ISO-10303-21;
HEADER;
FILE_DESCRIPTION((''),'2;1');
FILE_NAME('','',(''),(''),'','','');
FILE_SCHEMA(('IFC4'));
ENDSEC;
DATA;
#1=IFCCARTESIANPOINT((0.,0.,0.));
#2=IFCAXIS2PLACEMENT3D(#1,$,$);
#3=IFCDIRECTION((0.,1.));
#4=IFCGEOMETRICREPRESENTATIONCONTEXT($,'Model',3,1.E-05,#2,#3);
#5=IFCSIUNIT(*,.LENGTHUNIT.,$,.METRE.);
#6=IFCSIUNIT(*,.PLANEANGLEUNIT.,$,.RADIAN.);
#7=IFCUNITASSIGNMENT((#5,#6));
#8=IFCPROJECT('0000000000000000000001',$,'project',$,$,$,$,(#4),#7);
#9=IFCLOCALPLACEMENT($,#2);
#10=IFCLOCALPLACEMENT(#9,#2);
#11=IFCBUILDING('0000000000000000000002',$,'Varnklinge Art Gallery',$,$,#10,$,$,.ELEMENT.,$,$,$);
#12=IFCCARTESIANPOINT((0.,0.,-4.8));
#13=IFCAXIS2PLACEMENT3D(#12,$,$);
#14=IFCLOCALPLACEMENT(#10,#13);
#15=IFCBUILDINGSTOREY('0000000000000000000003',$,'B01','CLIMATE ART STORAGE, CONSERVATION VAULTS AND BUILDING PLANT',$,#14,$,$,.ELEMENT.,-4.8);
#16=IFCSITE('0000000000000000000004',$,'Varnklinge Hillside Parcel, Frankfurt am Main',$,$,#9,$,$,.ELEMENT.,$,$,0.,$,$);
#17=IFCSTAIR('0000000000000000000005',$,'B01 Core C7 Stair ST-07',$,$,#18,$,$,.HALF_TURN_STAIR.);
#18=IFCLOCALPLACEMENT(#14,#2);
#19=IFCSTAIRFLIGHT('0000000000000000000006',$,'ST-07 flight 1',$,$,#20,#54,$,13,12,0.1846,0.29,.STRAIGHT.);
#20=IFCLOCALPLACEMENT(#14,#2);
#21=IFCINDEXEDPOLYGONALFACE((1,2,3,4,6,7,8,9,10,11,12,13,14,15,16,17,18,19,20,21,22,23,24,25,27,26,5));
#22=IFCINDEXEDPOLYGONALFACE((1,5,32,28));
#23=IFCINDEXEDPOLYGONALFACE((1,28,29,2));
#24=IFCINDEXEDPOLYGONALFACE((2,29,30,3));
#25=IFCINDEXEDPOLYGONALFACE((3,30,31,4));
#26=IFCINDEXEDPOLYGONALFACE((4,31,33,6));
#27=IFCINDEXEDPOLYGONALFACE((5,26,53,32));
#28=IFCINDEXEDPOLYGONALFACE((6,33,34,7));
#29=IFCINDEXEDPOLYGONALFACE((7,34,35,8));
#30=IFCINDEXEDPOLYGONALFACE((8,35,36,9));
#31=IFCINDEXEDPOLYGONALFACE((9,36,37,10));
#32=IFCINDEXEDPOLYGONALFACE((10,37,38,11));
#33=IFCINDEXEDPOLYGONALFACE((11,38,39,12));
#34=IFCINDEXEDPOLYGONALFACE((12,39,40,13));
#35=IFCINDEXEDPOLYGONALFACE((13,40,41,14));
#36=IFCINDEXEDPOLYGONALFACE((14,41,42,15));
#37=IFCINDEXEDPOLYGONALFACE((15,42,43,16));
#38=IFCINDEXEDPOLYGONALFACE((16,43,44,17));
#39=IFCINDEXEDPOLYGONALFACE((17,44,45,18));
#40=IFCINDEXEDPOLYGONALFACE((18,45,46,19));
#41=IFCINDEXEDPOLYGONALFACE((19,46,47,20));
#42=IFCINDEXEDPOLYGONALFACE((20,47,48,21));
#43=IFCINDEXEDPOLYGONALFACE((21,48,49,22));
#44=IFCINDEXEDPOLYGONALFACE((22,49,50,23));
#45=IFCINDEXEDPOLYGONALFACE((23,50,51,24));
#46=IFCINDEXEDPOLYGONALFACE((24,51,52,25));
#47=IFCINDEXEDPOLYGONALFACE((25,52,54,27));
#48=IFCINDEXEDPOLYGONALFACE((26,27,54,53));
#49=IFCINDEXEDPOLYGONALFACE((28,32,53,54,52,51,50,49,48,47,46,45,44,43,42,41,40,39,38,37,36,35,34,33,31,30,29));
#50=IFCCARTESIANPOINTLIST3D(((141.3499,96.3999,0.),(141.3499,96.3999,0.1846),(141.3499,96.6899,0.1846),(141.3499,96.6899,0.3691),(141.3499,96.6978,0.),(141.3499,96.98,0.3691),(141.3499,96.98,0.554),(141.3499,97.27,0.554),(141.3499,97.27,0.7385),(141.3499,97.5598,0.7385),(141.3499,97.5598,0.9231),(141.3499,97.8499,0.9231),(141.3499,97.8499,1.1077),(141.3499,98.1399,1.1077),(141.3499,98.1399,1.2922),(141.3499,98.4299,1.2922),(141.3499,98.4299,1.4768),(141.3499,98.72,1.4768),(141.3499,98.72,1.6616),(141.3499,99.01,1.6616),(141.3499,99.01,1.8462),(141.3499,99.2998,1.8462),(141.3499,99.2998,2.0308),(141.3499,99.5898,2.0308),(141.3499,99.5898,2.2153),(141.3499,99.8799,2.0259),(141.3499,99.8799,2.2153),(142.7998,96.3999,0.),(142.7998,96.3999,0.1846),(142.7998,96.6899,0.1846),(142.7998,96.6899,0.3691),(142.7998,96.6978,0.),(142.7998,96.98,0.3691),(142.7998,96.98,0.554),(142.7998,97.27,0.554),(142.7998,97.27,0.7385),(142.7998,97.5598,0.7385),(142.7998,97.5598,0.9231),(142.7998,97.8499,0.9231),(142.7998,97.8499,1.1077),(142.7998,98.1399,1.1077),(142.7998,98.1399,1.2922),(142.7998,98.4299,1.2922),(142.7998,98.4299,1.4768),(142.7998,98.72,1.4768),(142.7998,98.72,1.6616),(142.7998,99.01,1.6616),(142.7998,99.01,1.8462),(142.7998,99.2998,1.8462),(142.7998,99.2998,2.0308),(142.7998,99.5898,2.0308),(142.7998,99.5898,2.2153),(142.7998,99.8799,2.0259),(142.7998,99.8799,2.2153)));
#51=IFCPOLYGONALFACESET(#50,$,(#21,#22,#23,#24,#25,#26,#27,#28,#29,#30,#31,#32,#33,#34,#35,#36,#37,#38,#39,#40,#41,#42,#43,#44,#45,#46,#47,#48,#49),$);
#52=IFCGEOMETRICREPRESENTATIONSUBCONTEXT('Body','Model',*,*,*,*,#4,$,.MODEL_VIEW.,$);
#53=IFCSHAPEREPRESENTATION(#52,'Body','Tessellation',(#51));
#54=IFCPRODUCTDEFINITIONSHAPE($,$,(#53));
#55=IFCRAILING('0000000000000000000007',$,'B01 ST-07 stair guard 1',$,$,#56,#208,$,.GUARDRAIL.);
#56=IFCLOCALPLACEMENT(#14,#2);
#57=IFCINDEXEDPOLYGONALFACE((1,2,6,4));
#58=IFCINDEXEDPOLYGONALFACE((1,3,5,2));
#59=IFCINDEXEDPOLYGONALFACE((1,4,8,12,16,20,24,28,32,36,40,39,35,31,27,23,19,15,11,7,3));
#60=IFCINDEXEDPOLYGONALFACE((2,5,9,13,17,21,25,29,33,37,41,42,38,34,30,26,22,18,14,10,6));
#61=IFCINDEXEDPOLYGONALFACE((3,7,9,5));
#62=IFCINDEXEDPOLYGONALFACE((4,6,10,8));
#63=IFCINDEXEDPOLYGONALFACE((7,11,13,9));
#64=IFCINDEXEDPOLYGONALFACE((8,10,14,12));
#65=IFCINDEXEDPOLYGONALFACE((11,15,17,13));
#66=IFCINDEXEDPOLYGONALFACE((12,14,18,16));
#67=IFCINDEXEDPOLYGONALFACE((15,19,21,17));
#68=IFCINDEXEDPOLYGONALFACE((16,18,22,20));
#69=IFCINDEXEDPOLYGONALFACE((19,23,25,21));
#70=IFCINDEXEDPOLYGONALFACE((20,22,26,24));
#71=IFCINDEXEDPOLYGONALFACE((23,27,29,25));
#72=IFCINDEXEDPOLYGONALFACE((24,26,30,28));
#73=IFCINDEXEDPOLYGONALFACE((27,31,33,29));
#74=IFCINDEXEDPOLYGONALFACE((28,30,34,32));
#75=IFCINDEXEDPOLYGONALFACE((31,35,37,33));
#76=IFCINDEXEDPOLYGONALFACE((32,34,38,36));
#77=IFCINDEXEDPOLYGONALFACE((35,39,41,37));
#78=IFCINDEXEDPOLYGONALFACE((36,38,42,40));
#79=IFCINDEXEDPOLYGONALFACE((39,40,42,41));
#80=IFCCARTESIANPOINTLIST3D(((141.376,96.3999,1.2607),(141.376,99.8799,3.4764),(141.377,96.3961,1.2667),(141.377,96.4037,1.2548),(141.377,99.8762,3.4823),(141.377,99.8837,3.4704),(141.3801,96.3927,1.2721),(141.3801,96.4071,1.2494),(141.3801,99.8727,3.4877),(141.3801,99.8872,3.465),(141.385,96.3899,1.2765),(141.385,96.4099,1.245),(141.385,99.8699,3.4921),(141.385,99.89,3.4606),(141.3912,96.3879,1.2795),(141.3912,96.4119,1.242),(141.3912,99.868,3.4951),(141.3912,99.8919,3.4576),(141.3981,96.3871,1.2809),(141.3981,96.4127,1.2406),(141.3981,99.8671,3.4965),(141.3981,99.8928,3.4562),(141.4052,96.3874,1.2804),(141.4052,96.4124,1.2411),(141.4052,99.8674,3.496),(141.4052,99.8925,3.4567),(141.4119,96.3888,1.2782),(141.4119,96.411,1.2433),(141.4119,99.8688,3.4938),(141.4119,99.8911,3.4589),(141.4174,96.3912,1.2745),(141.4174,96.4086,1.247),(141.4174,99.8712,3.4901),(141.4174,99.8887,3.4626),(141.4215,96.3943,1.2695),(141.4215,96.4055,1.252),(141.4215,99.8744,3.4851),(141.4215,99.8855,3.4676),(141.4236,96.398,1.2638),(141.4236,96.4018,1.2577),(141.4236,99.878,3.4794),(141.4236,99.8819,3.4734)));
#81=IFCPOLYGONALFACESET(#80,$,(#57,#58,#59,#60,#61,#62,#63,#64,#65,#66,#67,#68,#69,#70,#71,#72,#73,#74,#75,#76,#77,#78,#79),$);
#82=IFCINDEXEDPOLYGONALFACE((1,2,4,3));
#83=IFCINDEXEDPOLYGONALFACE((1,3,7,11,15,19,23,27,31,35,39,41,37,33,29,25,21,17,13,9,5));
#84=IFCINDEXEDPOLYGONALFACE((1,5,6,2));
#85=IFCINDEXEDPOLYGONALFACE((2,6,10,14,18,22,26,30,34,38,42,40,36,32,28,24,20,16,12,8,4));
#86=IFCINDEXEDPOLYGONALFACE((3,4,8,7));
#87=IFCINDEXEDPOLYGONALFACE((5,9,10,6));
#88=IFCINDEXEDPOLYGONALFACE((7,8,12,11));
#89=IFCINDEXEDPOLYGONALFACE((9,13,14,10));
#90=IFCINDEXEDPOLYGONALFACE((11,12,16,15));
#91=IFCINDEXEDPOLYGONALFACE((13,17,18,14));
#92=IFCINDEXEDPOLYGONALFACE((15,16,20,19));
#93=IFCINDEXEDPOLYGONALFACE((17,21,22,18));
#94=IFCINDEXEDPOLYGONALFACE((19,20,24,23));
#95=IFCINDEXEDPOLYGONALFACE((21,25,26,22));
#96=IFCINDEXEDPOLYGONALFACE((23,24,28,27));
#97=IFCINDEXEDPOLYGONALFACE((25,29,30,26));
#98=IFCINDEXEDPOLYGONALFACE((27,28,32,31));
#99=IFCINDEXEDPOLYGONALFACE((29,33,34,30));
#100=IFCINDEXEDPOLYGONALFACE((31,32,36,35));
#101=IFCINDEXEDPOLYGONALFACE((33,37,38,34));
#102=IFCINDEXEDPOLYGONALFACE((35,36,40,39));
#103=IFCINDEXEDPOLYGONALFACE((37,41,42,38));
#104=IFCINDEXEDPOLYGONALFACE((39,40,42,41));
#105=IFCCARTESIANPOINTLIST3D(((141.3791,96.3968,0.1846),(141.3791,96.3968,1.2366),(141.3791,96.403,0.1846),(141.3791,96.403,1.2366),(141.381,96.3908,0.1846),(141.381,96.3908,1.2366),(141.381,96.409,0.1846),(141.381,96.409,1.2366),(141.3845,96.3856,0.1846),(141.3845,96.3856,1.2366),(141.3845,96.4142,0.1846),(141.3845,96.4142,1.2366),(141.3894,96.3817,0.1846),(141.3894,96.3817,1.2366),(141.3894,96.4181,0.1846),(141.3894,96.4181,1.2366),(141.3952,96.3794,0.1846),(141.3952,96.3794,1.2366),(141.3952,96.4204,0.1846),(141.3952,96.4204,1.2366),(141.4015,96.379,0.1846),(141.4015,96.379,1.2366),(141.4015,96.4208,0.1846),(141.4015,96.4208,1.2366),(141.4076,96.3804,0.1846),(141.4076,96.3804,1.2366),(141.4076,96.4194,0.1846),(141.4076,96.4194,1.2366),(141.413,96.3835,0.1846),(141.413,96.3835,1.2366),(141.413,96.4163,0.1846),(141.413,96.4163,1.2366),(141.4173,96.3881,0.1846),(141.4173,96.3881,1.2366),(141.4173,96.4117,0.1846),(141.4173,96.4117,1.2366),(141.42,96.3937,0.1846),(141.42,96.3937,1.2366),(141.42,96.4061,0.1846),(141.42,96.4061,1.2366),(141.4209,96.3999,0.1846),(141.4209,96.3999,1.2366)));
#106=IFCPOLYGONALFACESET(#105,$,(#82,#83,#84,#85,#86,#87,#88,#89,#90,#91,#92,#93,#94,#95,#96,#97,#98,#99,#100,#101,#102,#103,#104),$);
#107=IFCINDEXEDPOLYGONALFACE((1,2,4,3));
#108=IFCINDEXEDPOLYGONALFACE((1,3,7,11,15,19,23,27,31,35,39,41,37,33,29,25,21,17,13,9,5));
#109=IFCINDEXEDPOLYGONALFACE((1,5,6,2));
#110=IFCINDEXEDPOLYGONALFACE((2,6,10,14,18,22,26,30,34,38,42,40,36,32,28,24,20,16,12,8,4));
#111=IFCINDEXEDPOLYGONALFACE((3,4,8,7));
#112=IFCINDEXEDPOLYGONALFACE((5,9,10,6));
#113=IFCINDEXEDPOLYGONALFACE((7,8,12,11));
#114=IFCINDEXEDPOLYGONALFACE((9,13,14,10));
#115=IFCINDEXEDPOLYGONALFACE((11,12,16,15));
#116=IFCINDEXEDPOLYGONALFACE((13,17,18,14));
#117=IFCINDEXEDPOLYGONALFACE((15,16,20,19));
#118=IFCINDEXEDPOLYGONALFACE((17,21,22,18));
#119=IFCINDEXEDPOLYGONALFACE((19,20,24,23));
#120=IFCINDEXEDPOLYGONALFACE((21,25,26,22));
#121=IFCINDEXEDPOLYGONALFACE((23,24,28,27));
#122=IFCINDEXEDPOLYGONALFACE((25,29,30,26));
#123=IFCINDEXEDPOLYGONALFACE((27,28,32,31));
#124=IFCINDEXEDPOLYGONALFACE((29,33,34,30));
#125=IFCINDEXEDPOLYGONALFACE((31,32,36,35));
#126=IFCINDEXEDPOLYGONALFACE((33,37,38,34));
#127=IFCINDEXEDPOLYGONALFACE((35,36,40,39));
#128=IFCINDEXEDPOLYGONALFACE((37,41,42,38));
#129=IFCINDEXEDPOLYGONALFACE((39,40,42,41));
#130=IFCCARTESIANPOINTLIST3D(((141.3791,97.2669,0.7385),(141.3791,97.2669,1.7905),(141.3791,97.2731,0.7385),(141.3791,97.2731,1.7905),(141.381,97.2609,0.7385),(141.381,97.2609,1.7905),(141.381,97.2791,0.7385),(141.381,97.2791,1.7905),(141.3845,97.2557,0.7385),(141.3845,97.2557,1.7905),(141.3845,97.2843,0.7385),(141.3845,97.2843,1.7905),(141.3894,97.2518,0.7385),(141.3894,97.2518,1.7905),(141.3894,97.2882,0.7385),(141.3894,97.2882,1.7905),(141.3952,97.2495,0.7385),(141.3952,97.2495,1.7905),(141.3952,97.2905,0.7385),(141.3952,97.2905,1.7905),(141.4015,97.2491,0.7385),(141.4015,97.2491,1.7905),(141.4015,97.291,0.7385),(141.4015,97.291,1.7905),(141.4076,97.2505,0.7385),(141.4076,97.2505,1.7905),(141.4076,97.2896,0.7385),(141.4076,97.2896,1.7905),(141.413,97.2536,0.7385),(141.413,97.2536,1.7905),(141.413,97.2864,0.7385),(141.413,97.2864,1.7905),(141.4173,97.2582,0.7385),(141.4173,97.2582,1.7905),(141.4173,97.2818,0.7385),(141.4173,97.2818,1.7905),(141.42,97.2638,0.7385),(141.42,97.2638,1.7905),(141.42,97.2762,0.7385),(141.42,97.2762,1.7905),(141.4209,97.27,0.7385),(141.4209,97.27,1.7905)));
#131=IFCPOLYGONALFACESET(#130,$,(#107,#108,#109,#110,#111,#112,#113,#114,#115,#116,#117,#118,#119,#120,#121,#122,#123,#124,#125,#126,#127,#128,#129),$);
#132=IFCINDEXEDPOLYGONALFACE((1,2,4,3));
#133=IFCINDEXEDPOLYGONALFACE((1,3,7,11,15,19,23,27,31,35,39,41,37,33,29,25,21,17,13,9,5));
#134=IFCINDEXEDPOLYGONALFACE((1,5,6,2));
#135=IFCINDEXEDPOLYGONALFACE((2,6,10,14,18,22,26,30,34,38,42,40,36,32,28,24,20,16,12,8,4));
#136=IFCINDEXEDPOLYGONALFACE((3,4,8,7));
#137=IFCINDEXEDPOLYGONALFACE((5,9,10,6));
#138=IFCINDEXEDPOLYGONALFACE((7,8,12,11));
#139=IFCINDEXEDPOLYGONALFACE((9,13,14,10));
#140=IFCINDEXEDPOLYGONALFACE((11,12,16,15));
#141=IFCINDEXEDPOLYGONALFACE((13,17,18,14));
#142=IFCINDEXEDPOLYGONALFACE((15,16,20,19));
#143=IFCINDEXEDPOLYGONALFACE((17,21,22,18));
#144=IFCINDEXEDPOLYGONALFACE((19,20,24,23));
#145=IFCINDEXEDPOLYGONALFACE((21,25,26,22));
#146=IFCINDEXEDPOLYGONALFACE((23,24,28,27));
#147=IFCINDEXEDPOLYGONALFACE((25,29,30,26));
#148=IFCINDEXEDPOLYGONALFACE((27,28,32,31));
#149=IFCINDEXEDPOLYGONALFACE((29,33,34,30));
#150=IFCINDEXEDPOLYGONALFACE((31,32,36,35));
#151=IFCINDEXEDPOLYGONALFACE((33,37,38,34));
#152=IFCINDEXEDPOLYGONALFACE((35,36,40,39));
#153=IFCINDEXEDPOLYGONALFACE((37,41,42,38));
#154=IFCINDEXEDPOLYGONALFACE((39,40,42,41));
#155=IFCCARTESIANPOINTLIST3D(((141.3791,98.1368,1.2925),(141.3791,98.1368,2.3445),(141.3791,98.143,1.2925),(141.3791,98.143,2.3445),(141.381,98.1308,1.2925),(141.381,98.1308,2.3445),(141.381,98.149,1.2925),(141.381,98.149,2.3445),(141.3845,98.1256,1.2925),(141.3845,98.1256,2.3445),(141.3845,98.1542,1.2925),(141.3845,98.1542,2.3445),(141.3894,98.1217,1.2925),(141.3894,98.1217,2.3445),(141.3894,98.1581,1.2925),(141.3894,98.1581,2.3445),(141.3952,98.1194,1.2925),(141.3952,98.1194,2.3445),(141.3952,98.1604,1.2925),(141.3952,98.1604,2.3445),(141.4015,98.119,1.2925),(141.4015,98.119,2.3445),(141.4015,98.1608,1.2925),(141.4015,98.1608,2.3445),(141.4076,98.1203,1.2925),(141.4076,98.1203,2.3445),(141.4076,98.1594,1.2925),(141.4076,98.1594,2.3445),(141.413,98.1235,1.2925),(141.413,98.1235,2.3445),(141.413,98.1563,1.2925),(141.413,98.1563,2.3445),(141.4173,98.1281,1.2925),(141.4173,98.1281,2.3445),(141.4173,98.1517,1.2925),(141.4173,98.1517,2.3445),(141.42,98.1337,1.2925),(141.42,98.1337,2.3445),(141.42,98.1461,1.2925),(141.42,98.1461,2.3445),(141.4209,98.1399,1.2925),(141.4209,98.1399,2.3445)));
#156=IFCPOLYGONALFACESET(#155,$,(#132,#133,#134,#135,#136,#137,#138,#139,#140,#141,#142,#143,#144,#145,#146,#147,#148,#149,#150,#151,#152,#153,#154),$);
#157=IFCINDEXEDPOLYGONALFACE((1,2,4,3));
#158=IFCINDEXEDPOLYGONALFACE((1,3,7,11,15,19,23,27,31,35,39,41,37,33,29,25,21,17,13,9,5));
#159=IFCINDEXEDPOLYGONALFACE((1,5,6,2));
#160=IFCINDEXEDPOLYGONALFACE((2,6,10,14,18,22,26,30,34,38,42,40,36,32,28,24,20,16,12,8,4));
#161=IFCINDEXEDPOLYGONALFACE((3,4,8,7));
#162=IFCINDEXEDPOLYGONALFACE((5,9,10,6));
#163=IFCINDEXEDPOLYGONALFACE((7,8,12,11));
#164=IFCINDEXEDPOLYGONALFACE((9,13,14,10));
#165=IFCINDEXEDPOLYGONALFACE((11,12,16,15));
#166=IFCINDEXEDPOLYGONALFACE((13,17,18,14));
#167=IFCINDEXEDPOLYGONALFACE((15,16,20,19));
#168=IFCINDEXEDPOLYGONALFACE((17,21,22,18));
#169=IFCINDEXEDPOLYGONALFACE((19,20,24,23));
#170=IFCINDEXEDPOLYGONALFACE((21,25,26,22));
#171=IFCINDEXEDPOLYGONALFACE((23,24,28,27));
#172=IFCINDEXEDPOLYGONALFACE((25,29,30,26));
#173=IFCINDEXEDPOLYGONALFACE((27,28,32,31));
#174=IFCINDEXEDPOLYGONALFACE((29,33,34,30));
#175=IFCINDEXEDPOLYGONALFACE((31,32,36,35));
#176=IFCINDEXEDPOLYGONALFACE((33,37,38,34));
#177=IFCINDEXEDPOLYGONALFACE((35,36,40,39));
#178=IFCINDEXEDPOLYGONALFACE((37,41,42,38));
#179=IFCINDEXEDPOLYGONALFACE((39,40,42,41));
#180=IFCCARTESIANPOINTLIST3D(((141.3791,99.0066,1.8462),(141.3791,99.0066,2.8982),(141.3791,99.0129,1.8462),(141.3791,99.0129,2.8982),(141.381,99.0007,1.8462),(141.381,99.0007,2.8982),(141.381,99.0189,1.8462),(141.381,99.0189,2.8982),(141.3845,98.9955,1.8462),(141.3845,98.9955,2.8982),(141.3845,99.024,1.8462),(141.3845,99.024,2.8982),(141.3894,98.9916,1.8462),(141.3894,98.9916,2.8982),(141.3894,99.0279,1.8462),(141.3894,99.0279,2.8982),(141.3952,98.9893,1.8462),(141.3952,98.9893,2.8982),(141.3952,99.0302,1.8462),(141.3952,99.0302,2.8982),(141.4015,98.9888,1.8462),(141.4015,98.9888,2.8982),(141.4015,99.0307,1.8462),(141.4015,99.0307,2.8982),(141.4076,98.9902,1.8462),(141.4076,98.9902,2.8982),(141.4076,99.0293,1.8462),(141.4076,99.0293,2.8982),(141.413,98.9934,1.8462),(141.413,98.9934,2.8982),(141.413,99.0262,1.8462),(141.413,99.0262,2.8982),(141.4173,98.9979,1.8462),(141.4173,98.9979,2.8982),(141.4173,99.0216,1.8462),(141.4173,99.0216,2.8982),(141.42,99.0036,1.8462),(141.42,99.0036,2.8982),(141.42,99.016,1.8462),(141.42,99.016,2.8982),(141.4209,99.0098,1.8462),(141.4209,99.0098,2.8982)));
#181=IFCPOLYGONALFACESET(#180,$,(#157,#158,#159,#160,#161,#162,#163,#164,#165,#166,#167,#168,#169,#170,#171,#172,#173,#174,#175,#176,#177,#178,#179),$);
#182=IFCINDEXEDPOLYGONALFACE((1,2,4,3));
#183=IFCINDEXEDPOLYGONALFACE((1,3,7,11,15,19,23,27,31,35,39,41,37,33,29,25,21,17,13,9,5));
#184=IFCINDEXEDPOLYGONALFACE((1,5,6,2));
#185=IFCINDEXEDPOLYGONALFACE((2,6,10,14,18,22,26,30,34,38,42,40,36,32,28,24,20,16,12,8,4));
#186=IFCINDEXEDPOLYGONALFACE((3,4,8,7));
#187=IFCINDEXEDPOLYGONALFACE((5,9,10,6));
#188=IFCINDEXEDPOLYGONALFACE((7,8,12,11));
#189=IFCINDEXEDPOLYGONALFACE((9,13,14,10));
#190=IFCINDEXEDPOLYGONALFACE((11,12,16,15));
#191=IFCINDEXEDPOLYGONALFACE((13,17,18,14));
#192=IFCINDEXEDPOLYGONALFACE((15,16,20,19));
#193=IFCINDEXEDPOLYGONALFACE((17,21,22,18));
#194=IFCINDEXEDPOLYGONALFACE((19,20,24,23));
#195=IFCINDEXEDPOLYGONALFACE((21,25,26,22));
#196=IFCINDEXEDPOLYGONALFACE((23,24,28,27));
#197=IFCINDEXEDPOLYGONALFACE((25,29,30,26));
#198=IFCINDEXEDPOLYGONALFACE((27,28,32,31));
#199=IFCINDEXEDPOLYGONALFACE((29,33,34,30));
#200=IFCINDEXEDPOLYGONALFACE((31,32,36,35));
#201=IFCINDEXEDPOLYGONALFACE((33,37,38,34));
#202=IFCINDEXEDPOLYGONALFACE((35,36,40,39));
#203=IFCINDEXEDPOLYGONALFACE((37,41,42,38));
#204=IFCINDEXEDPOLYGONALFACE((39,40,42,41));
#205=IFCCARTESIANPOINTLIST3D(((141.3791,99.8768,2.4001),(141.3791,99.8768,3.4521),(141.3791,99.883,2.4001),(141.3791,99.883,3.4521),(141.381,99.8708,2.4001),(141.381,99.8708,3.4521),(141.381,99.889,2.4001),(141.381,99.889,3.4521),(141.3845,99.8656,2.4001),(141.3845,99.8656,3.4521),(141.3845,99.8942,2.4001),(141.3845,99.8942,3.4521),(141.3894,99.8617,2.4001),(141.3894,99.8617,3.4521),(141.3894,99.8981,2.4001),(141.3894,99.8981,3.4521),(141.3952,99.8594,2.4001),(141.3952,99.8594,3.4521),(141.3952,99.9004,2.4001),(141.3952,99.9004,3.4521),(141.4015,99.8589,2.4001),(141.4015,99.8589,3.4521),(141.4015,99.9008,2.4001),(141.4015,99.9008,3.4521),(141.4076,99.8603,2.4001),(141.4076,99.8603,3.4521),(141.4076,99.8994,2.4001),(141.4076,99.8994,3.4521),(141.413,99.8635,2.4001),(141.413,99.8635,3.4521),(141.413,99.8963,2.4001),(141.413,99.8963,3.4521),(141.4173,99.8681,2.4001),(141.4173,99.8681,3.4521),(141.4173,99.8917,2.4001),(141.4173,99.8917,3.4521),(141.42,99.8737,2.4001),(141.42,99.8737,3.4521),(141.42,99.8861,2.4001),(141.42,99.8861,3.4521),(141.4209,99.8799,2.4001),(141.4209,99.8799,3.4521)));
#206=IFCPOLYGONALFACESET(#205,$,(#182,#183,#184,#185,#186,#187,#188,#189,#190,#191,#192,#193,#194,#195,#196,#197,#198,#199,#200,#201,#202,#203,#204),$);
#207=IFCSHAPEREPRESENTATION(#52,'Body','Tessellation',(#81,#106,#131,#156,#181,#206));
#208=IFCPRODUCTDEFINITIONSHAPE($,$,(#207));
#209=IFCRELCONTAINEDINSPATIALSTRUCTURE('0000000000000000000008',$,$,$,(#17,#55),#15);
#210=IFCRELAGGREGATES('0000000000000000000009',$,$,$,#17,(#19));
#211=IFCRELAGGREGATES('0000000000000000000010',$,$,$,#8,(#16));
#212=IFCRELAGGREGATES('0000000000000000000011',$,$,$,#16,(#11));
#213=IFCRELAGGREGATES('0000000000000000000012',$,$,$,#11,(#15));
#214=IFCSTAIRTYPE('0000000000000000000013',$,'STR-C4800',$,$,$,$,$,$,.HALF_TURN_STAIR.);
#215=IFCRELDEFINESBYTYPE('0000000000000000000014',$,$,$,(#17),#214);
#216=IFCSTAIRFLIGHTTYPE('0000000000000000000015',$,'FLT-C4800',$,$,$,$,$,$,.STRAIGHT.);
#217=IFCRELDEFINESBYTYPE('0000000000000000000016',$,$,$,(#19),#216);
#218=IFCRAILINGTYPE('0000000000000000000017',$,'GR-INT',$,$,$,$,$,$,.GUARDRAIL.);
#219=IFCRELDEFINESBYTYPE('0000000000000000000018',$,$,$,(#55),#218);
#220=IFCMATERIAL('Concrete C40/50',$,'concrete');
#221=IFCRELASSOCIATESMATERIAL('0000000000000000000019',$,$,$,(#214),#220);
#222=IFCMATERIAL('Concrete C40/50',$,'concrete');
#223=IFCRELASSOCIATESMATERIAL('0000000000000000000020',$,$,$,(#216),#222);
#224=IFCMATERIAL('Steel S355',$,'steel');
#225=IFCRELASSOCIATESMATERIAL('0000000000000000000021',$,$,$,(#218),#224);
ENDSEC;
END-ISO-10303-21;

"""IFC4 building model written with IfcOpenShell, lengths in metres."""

from ifc_helpers import new_model, si_unit, direction, frame, origin, origin_2d, place, context, subcontext, project, spatial, polyline, circle, outline, extrude, material, type_object, element, aggregate, save


model = new_model("IFC4")

# Units and contexts
model_context = context("Model", 3, precision=1e-05, world=origin(), true_north=direction((0.0, 1.0)))
body_context = subcontext(model_context, "Body", "Model", "MODEL_VIEW")
ifc_project = project(units=[si_unit("LENGTHUNIT", "METRE"), si_unit("PLANEANGLEUNIT", "RADIAN")], contexts=[model_context])

# Site, building, storey
site_placement = place(None, origin())
site = spatial("IfcSite", under=ifc_project, at=site_placement, Name="Varnklinge Hillside Parcel, Frankfurt am Main", CompositionType="ELEMENT", RefElevation=0.0)
building_placement = place(site_placement, origin())
building = spatial("IfcBuilding", under=site, at=building_placement, Name="Varnklinge Art Gallery", CompositionType="ELEMENT")
storey_placement = place(building_placement, frame((0.0, 0.0, -4.8)))
storey = spatial("IfcBuildingStorey", under=building, at=storey_placement, Name="B01", Description="CLIMATE ART STORAGE, CONSERVATION VAULTS AND BUILDING PLANT", CompositionType="ELEMENT", Elevation=-4.8)

# Stair, stair flight
ifc_material_1 = material(Name="Concrete C40/50", Category="concrete")
stair_type = type_object("IfcStairType", Name="STR-C4800", PredefinedType="HALF_TURN_STAIR", material=ifc_material_1)
stair_placement = place(storey_placement, origin())
stair = element("IfcStair", 1, at=stair_placement, inside=storey, type_object=stair_type, Name="B01 Core C7 Stair ST-07", PredefinedType="HALF_TURN_STAIR")
ifc_material_2 = material(Name="Concrete C40/50", Category="concrete")
stair_flight_type = type_object("IfcStairFlightType", Name="FLT-C4800", PredefinedType="STRAIGHT", material=ifc_material_2)
stair_flight_placement = place(storey_placement, frame((142.075, 96.3999, 0.0), z_axis=(0.0, 0.0, 1.0), x_axis=(0.0, 1.0, 0.0)))
stair_flight = element("IfcStairFlight", 2, at=stair_flight_placement, type_object=stair_flight_type, Name="ST-07 flight 1", NumberOfRisers=13, NumberOfTreads=12, PredefinedType="STRAIGHT", RiserHeight=0.1846, TreadLength=0.29, context=body_context, shape_type="SweptSolid", body=[
    extrude(outline(polyline([(0.0, 0.0), (0.0, 0.1846), (0.29, 0.1846), (0.29, 0.3691), (0.5801, 0.3691), (0.5801, 0.554), (0.8701, 0.554), (0.8701, 0.7385), (1.1599, 0.7385), (1.1599, 0.9231), (1.45, 0.9231), (1.45, 1.1077), (1.74, 1.1077), (1.74, 1.2922), (2.03, 1.2922), (2.03, 1.4768), (2.3201, 1.4768), (2.3201, 1.6616), (2.6101, 1.6616), (2.6101, 1.8462), (2.8999, 1.8462), (2.8999, 2.0308), (3.1899, 2.0308), (3.1899, 2.2153), (3.48, 2.2153), (3.48, 2.3999), (3.48, 2.0259), (0.2979, 0.0), (0.0, 0.0)])), frame((0.0, 0.7251, 0.0), z_axis=(0.0, -1.0, 0.0), x_axis=(1.0, 0.0, 0.0)), (0.0, 0.0, 1.0), 1.45),
])
aggregate(stair, [stair_flight])

# Railing
ifc_material_3 = material(Name="Steel S355", Category="steel")
railing_type_1 = type_object("IfcRailingType", Name="GR-INT", PredefinedType="GUARDRAIL", material=ifc_material_3)
railing_1_placement = place(storey_placement, frame((141.3999, 96.3999, 0.1846)))
element("IfcRailing", 3, at=railing_1_placement, inside=storey, type_object=railing_type_1, Name="B01 ST-07 stair guard 1", PredefinedType="GUARDRAIL", context=body_context, shape_type="SweptSolid", body=[
    extrude(circle(Radius=0.0239, at=origin_2d()), frame((0.0, 0.0, 1.0762), z_axis=(0.0, 0.843547, 0.537055), x_axis=(-1.0, 0.0, 0.0)), (0.0, 0.0, 1.0), 4.1255),
    extrude(circle(Radius=0.021, at=origin_2d()), origin(), (0.0, 0.0, 1.0), 1.052),
    extrude(circle(Radius=0.021, at=origin_2d()), frame((0.0, 0.8701, 0.554)), (0.0, 0.0, 1.0), 1.052),
    extrude(circle(Radius=0.021, at=origin_2d()), frame((0.0, 1.74, 1.1079)), (0.0, 0.0, 1.0), 1.052),
    extrude(circle(Radius=0.021, at=origin_2d()), frame((0.0, 2.6099, 1.6616)), (0.0, 0.0, 1.0), 1.052),
    extrude(circle(Radius=0.021, at=origin_2d()), frame((0.0, 3.48, 2.2156)), (0.0, 0.0, 1.0), 1.052),
])

save(model, "model.ifc")
